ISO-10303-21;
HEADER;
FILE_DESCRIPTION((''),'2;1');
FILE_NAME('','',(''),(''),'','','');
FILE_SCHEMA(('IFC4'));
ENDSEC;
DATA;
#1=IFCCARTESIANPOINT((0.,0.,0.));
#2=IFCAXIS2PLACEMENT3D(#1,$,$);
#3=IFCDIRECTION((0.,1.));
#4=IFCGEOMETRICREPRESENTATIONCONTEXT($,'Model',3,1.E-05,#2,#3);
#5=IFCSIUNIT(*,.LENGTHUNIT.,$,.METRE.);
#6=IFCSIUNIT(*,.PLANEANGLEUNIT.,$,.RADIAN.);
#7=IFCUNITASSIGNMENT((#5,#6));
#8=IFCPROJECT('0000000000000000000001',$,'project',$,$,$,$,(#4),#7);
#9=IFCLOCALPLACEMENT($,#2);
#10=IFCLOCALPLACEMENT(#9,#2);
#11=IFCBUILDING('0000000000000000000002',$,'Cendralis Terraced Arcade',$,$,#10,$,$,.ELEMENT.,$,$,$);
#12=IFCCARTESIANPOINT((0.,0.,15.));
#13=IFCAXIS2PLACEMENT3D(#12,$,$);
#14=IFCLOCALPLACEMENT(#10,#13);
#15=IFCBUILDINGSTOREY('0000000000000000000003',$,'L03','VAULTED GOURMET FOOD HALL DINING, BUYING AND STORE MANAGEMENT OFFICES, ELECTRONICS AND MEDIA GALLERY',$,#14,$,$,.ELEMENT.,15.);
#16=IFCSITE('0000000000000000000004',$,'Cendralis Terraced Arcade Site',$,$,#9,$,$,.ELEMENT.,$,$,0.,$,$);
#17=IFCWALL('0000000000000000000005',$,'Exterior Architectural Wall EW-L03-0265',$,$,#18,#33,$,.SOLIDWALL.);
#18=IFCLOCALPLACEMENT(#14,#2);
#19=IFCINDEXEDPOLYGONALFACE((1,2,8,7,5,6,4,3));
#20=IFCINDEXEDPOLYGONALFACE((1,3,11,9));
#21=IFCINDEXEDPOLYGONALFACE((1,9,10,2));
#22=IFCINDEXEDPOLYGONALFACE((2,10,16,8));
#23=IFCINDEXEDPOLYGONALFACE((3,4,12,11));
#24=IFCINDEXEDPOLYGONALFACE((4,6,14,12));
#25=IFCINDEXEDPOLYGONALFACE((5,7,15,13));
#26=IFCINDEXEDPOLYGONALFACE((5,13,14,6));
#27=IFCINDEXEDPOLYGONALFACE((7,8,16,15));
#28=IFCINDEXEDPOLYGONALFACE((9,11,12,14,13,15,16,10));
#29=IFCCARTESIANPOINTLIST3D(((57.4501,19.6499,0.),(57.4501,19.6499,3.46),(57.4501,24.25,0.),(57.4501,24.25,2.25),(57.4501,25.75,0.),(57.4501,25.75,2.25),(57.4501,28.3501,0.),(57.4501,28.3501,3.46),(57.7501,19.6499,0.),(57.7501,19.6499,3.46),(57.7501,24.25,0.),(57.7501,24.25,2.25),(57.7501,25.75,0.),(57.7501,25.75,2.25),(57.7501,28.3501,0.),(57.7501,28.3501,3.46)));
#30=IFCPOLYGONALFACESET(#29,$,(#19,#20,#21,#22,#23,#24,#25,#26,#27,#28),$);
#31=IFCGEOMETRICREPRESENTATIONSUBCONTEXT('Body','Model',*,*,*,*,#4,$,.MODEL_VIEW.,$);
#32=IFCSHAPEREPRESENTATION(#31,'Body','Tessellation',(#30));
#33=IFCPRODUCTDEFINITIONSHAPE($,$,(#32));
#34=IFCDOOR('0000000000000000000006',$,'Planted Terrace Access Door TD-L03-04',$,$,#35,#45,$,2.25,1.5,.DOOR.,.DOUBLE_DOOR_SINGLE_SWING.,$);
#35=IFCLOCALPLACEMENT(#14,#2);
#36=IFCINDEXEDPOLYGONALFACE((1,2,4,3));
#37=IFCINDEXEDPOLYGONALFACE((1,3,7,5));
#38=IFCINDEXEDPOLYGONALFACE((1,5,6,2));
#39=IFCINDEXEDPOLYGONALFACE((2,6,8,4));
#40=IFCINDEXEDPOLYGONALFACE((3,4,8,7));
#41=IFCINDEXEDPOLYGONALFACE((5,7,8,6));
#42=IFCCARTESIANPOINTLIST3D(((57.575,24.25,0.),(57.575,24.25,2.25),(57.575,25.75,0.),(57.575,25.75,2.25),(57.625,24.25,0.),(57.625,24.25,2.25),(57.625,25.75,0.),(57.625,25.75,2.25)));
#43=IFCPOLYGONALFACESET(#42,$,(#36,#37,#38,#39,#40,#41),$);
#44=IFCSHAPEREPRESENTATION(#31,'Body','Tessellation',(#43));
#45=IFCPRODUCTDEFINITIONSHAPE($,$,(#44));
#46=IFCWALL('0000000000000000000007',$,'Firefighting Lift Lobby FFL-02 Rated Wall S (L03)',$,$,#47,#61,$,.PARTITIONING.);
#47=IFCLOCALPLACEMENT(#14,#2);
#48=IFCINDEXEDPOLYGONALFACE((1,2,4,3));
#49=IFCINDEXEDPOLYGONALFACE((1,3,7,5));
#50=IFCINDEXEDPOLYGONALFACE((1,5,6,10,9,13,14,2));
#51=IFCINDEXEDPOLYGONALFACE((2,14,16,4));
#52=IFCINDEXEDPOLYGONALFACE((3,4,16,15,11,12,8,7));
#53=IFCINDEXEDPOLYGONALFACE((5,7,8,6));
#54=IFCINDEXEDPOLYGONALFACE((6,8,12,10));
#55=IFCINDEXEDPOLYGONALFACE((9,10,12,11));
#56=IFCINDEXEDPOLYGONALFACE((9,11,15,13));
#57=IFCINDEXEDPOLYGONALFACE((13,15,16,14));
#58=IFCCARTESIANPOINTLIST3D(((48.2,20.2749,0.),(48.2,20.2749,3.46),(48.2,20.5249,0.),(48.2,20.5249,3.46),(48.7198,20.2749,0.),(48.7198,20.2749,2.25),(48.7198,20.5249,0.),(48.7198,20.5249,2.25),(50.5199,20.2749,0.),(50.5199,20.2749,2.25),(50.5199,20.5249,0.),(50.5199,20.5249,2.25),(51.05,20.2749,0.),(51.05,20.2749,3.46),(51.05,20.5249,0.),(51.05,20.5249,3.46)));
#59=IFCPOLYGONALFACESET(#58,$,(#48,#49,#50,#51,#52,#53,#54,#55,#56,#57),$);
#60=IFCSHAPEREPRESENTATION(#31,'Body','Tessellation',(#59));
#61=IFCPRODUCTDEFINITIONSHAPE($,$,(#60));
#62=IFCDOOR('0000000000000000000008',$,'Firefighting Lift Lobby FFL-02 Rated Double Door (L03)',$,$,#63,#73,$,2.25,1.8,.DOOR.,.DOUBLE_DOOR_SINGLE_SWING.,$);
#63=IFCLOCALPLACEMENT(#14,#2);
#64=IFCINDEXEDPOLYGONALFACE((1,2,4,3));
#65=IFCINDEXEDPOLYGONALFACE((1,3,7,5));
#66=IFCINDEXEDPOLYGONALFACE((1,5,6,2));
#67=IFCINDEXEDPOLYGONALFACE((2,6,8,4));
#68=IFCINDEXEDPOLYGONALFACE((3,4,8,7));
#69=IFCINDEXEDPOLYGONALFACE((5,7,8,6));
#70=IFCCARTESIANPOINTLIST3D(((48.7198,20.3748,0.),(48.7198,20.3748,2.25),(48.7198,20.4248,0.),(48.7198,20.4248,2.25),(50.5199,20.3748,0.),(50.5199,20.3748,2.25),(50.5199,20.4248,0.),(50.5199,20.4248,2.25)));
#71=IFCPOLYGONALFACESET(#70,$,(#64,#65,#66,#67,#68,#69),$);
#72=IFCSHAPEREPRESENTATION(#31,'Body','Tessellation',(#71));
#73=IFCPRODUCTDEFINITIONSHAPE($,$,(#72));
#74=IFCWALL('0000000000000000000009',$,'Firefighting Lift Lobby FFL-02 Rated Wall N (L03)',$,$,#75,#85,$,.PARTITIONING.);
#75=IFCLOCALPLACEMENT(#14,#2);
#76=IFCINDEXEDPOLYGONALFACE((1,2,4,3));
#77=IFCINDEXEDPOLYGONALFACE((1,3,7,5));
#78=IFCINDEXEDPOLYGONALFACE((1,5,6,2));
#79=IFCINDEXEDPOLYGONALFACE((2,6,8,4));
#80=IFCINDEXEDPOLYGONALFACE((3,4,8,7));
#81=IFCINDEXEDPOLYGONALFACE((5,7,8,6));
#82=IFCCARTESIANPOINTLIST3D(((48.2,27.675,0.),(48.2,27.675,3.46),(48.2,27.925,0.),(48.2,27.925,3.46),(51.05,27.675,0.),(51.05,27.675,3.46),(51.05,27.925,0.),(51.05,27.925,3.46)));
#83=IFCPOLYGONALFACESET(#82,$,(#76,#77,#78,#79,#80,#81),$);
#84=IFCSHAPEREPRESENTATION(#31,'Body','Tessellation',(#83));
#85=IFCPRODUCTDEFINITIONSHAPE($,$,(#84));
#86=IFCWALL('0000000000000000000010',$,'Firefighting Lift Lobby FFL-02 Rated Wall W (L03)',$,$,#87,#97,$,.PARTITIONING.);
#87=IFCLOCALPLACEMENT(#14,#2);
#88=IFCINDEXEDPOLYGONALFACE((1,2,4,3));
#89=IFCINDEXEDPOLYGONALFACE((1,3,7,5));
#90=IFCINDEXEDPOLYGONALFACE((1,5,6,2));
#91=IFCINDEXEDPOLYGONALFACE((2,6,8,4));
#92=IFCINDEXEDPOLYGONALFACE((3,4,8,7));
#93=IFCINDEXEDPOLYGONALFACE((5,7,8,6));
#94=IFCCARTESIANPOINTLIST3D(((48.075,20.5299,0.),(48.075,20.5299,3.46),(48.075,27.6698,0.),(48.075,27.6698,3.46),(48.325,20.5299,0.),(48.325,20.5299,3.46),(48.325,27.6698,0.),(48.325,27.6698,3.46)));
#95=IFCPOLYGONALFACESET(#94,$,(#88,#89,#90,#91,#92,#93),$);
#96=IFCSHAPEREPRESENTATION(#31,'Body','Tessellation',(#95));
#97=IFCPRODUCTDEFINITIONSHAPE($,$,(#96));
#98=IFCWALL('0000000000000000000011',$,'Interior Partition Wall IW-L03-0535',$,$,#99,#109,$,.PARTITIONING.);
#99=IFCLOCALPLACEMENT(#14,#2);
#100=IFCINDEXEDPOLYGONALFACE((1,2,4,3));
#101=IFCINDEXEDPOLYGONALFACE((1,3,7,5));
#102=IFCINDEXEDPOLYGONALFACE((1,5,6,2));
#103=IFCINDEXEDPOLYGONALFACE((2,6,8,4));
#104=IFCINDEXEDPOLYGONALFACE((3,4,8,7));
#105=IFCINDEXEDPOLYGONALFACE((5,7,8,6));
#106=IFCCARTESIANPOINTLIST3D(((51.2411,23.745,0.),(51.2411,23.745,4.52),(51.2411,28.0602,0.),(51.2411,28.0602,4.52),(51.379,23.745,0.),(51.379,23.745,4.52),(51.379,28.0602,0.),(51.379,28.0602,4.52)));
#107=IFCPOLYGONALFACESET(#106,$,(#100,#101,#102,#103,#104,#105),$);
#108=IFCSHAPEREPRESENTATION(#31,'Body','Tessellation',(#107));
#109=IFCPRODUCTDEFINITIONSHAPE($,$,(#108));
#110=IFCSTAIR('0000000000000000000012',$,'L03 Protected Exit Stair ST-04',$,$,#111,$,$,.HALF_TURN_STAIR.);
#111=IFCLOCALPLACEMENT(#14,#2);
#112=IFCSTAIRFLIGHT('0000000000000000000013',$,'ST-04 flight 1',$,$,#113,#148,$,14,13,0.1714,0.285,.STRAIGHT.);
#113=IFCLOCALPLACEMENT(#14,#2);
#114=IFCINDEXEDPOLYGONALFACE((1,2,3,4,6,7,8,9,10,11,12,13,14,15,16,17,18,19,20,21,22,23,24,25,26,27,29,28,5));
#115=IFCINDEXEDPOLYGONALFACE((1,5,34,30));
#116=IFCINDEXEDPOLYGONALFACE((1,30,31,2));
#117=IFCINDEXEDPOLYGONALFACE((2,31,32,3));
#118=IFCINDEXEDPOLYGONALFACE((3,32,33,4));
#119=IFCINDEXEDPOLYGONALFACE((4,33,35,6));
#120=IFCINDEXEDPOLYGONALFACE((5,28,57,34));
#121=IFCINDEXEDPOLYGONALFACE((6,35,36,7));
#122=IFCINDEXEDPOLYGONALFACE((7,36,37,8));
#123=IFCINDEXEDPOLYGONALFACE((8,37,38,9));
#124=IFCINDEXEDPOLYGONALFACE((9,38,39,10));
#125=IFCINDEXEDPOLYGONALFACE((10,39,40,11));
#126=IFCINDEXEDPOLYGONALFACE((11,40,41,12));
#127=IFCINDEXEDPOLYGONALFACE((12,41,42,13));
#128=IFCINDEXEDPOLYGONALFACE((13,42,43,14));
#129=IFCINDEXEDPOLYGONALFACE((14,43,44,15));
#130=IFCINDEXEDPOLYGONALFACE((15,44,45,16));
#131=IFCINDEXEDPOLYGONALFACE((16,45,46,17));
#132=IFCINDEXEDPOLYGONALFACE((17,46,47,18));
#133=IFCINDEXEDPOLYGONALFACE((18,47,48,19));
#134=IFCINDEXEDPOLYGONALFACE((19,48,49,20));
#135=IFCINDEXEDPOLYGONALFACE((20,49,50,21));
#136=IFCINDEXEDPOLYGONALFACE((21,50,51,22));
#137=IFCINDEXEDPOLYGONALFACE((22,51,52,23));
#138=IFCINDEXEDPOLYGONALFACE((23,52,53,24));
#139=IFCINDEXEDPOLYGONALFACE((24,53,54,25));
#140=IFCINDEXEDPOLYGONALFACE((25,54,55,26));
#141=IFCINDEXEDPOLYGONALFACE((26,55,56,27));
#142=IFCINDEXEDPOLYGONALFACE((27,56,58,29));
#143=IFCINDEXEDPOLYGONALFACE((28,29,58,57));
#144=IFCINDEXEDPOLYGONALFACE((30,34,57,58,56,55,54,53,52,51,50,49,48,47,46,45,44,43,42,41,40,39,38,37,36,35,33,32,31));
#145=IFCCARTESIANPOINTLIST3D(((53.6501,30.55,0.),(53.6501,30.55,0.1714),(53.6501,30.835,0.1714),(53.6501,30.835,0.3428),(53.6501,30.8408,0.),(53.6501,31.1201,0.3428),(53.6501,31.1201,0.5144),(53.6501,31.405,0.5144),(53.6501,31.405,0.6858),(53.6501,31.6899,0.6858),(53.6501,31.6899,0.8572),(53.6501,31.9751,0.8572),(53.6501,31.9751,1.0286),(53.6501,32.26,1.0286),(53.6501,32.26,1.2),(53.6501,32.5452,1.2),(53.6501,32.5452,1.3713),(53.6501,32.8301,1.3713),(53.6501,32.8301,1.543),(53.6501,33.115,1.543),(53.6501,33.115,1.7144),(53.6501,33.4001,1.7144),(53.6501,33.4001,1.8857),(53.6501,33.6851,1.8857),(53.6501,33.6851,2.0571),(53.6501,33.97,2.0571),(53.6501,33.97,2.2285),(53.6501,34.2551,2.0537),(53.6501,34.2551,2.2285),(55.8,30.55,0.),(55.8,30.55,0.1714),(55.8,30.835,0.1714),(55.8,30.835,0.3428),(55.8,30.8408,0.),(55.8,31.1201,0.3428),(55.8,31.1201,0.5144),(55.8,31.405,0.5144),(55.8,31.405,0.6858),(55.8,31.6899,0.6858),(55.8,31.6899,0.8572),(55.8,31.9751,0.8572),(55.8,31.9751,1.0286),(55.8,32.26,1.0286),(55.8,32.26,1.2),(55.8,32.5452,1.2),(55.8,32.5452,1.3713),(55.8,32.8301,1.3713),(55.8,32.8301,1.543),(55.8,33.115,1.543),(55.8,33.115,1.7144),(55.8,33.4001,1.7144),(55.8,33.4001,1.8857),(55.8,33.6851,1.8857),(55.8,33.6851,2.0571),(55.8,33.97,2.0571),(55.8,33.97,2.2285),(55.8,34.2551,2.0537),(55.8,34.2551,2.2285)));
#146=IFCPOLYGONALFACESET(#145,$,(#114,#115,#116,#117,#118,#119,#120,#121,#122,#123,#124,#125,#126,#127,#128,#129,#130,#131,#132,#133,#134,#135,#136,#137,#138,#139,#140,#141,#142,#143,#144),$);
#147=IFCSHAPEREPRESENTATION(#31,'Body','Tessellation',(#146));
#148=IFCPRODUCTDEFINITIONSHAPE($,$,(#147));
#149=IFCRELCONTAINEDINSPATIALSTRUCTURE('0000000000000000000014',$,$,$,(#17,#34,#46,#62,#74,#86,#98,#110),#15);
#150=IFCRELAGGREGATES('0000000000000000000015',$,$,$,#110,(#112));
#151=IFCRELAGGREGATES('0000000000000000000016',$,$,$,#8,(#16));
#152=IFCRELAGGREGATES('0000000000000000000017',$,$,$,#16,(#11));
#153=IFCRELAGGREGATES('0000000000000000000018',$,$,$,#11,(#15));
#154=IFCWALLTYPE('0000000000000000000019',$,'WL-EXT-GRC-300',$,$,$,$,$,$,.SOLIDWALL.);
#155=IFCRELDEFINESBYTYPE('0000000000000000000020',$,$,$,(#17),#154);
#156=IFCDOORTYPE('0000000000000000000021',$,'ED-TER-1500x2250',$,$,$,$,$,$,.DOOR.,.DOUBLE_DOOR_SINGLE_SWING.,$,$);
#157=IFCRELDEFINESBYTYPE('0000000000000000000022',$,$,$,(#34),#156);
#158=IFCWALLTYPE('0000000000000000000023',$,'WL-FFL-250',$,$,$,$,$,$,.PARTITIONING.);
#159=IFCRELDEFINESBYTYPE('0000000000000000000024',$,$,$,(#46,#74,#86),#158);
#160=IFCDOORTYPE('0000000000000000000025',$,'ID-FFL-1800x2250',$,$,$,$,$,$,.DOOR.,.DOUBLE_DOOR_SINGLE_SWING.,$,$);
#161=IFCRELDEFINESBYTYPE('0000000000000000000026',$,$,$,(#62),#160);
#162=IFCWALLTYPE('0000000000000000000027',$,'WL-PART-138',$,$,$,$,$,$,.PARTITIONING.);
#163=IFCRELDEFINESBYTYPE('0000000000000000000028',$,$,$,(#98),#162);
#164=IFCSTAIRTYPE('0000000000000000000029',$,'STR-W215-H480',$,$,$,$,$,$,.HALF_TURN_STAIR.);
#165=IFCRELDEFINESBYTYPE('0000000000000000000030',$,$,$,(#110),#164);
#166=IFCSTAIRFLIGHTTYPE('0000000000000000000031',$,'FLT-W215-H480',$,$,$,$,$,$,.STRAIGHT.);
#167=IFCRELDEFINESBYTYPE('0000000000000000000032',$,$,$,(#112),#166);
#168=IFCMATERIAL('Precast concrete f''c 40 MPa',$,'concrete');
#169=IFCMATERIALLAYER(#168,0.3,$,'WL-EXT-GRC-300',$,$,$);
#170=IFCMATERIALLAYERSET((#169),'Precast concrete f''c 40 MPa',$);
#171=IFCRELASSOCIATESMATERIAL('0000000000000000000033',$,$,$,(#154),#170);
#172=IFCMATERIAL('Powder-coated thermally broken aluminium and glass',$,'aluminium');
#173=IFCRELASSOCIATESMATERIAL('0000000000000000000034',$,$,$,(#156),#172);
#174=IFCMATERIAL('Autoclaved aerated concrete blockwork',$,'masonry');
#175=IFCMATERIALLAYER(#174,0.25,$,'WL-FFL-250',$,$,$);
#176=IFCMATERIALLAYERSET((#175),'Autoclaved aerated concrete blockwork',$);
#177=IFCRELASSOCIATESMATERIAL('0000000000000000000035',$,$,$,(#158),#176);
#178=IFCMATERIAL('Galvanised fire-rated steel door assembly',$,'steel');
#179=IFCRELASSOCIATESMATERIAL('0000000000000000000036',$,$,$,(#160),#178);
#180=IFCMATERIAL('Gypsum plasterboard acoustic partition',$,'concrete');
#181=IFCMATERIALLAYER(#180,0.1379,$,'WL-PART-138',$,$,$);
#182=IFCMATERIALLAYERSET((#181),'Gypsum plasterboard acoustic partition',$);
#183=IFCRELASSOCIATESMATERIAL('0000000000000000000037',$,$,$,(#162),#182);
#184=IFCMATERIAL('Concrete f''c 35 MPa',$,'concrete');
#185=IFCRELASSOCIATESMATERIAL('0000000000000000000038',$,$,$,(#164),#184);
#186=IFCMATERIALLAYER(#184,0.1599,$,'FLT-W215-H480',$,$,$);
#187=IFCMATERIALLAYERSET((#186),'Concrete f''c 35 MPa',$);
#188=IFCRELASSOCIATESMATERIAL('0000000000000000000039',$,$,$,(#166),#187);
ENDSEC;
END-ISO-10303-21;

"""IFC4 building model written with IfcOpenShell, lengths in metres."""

from ifc_helpers import new_model, si_unit, direction, frame, frame_2d, origin, place, context, subcontext, project, spatial, polyline, rectangle, outline, extrude, material, layer, layer_set, type_object, element, fill, aggregate, save


model = new_model("IFC4")

# Units and contexts
model_context = context("Model", 3, precision=1e-05, world=origin(), true_north=direction((0.0, 1.0)))
body_context = subcontext(model_context, "Body", "Model", "MODEL_VIEW")
ifc_project = project(units=[si_unit("LENGTHUNIT", "METRE"), si_unit("PLANEANGLEUNIT", "RADIAN")], contexts=[model_context])

# Site, building, storey
site_placement = place(None, origin())
site = spatial("IfcSite", under=ifc_project, at=site_placement, Name="Cendralis Terraced Arcade Site", CompositionType="ELEMENT", RefElevation=0.0)
building_placement = place(site_placement, origin())
building = spatial("IfcBuilding", under=site, at=building_placement, Name="Cendralis Terraced Arcade", CompositionType="ELEMENT")
storey_placement = place(building_placement, frame((0.0, 0.0, 15.0)))
storey = spatial("IfcBuildingStorey", under=building, at=storey_placement, Name="L03", Description="VAULTED GOURMET FOOD HALL DINING, BUYING AND STORE MANAGEMENT OFFICES, ELECTRONICS AND MEDIA GALLERY", CompositionType="ELEMENT", Elevation=15.0)

# Shared definitions
ifc_material_1 = material(Name="Concrete f'c 35 MPa", Category="concrete")

# Shared definitions
ifc_material_2 = material(Name="Galvanised fire-rated steel door assembly", Category="steel")

# Walls, openings, doors
ifc_material_3 = material(Name="Precast concrete f'c 40 MPa", Category="concrete")
ifc_layer_1 = layer(ifc_material_3, 0.3, Name="WL-EXT-GRC-300")
ifc_layer_set_1 = layer_set([ifc_layer_1], Name="Precast concrete f'c 40 MPa")
wall_type_1 = type_object("IfcWallType", Name="WL-EXT-GRC-300", PredefinedType="SOLIDWALL", material=ifc_layer_set_1)
wall_1_placement = place(storey_placement, frame((57.6001, 28.3501, 0.0), z_axis=(0.0, 0.0, 1.0), x_axis=(0.0, -1.0, 0.0)))
wall_1 = element("IfcWall", 1, at=wall_1_placement, inside=storey, type_object=wall_type_1, Name="Exterior Architectural Wall EW-L03-0265", PredefinedType="SOLIDWALL", context=body_context, shape_type="SweptSolid", body=[
    extrude(rectangle(XDim=8.7002, YDim=0.3, at=frame_2d((4.3501, 0.0))), origin(), (0.0, 0.0, 1.0), 3.46),
])
opening_1_placement = place(wall_1_placement, frame((2.6001, 0.0, 0.0)))
opening_1 = element("IfcOpeningElement", 2, at=opening_1_placement, cuts=wall_1, PredefinedType="OPENING", context=body_context, shape_type="SweptSolid", body=[
    extrude(rectangle(XDim=1.5, YDim=2.25, at=frame_2d((0.75, 1.125))), frame((0.0, 0.1621, 0.0), z_axis=(0.0, -1.0, 0.0), x_axis=(1.0, 0.0, 0.0)), (0.0, 0.0, 1.0), 0.324),
])
ifc_material_4 = material(Name="Powder-coated thermally broken aluminium and glass", Category="aluminium")
door_type_1 = type_object("IfcDoorType", Name="ED-TER-1500x2250", OperationType="DOUBLE_DOOR_SINGLE_SWING", PredefinedType="DOOR", material=ifc_material_4)
door_1_placement = place(opening_1_placement, origin())
door_1 = element("IfcDoor", 3, at=door_1_placement, inside=storey, type_object=door_type_1, Name="Planted Terrace Access Door TD-L03-04", OperationType="DOUBLE_DOOR_SINGLE_SWING", OverallHeight=2.25, OverallWidth=1.5, PredefinedType="DOOR", context=body_context, shape_type="SweptSolid", body=[
    extrude(rectangle(XDim=1.5, YDim=2.25, at=frame_2d((0.75, 1.125))), frame((0.0, 0.0249, 0.0), z_axis=(0.0, -1.0, 0.0), x_axis=(1.0, 0.0, 0.0)), (0.0, 0.0, 1.0), 0.05),
])
fill(opening_1, door_1)
ifc_material_5 = material(Name="Autoclaved aerated concrete blockwork", Category="masonry")
ifc_layer_2 = layer(ifc_material_5, 0.25, Name="WL-FFL-250")
ifc_layer_set_2 = layer_set([ifc_layer_2], Name="Autoclaved aerated concrete blockwork")
wall_type_2 = type_object("IfcWallType", Name="WL-FFL-250", PredefinedType="PARTITIONING", material=ifc_layer_set_2)
wall_2_placement = place(storey_placement, frame((48.2, 20.3999, 0.0), z_axis=(0.0, 0.0, 1.0), x_axis=(1.0, 0.0, 0.0)))
wall_2 = element("IfcWall", 4, at=wall_2_placement, inside=storey, type_object=wall_type_2, Name="Firefighting Lift Lobby FFL-02 Rated Wall S (L03)", PredefinedType="PARTITIONING", context=body_context, shape_type="SweptSolid", body=[
    extrude(rectangle(XDim=2.8501, YDim=0.25, at=frame_2d((1.425, 0.0))), origin(), (0.0, 0.0, 1.0), 3.46),
])
opening_2_placement = place(wall_2_placement, frame((0.52, 0.0, 0.0)))
opening_2 = element("IfcOpeningElement", 5, at=opening_2_placement, cuts=wall_2, PredefinedType="OPENING", context=body_context, shape_type="SweptSolid", body=[
    extrude(rectangle(XDim=1.8, YDim=2.25, at=frame_2d((0.8999, 1.125))), frame((0.0, 0.137, 0.0), z_axis=(0.0, -1.0, 0.0), x_axis=(1.0, 0.0, 0.0)), (0.0, 0.0, 1.0), 0.2739),
])
door_type_2 = type_object("IfcDoorType", Name="ID-FFL-1800x2250", OperationType="DOUBLE_DOOR_SINGLE_SWING", PredefinedType="DOOR", material=ifc_material_2)
door_2_placement = place(opening_2_placement, origin())
door_2 = element("IfcDoor", 6, at=door_2_placement, inside=storey, type_object=door_type_2, Name="Firefighting Lift Lobby FFL-02 Rated Double Door (L03)", OperationType="DOUBLE_DOOR_SINGLE_SWING", OverallHeight=2.25, OverallWidth=1.8, PredefinedType="DOOR", context=body_context, shape_type="SweptSolid", body=[
    extrude(rectangle(XDim=1.8, YDim=2.25, at=frame_2d((0.8999, 1.125))), frame((0.0, 0.0249, 0.0), z_axis=(0.0, -1.0, 0.0), x_axis=(1.0, 0.0, 0.0)), (0.0, 0.0, 1.0), 0.05),
])
fill(opening_2, door_2)

# Walls
wall_3_placement = place(storey_placement, frame((48.2, 27.8, 0.0), z_axis=(0.0, 0.0, 1.0), x_axis=(1.0, 0.0, 0.0)))
element("IfcWall", 7, at=wall_3_placement, inside=storey, type_object=wall_type_2, Name="Firefighting Lift Lobby FFL-02 Rated Wall N (L03)", PredefinedType="PARTITIONING", context=body_context, shape_type="SweptSolid", body=[
    extrude(rectangle(XDim=2.8501, YDim=0.25, at=frame_2d((1.425, 0.0))), origin(), (0.0, 0.0, 1.0), 3.46),
])
wall_4_placement = place(storey_placement, frame((48.2, 20.53, 0.0), z_axis=(0.0, 0.0, 1.0), x_axis=(0.0, 1.0, 0.0)))
element("IfcWall", 8, at=wall_4_placement, inside=storey, type_object=wall_type_2, Name="Firefighting Lift Lobby FFL-02 Rated Wall W (L03)", PredefinedType="PARTITIONING", context=body_context, shape_type="SweptSolid", body=[
    extrude(rectangle(XDim=7.1399, YDim=0.25, at=frame_2d((3.5698, 0.0))), origin(), (0.0, 0.0, 1.0), 3.46),
])
ifc_material_6 = material(Name="Gypsum plasterboard acoustic partition", Category="concrete")
ifc_layer_3 = layer(ifc_material_6, 0.1379, Name="WL-PART-138")
ifc_layer_set_3 = layer_set([ifc_layer_3], Name="Gypsum plasterboard acoustic partition")
wall_type_3 = type_object("IfcWallType", Name="WL-PART-138", PredefinedType="PARTITIONING", material=ifc_layer_set_3)
wall_5_placement = place(storey_placement, frame((51.3101, 23.7449, 0.0), z_axis=(0.0, 0.0, 1.0), x_axis=(0.0, 1.0, 0.0)))
element("IfcWall", 9, at=wall_5_placement, inside=storey, type_object=wall_type_3, Name="Interior Partition Wall IW-L03-0535", PredefinedType="PARTITIONING", context=body_context, shape_type="SweptSolid", body=[
    extrude(rectangle(XDim=4.3152, YDim=0.1379, at=frame_2d((2.1577, 0.0))), origin(), (0.0, 0.0, 1.0), 4.52),
])

# Stair, stair flight
stair_type = type_object("IfcStairType", Name="STR-W215-H480", PredefinedType="HALF_TURN_STAIR", material=ifc_material_1)
stair_placement = place(storey_placement, origin())
stair = element("IfcStair", 10, at=stair_placement, inside=storey, type_object=stair_type, Name="L03 Protected Exit Stair ST-04", PredefinedType="HALF_TURN_STAIR")
ifc_layer_4 = layer(ifc_material_1, 0.1599, Name="FLT-W215-H480")
ifc_layer_set_4 = layer_set([ifc_layer_4], Name="Concrete f'c 35 MPa")
stair_flight_type = type_object("IfcStairFlightType", Name="FLT-W215-H480", PredefinedType="STRAIGHT", material=ifc_layer_set_4)
stair_flight_1_placement = place(storey_placement, frame((54.7251, 30.55, 0.0), z_axis=(0.0, 0.0, 1.0), x_axis=(0.0, 1.0, 0.0)))
stair_flight_1 = element("IfcStairFlight", 11, at=stair_flight_1_placement, type_object=stair_flight_type, Name="ST-04 flight 1", NumberOfRisers=14, NumberOfTreads=13, PredefinedType="STRAIGHT", RiserHeight=0.1714, TreadLength=0.285, context=body_context, shape_type="SweptSolid", body=[
    extrude(outline(polyline([(0.0, 0.0), (0.0, 0.1714), (0.2849, 0.1714), (0.2849, 0.3428), (0.5701, 0.3428), (0.5701, 0.5144), (0.855, 0.5144), (0.855, 0.6858), (1.1399, 0.6858), (1.1399, 0.8572), (1.425, 0.8572), (1.425, 1.0286), (1.71, 1.0286), (1.71, 1.2), (1.9951, 1.2), (1.9951, 1.3713), (2.28, 1.3713), (2.28, 1.543), (2.5649, 1.543), (2.5649, 1.7144), (2.8501, 1.7144), (2.8501, 1.8857), (3.135, 1.8857), (3.135, 2.0571), (3.4199, 2.0571), (3.4199, 2.2285), (3.7051, 2.2285), (3.7051, 2.3999), (3.7051, 2.0537), (0.2908, 0.0), (0.0, 0.0)])), frame((0.0, 1.075, 0.0), z_axis=(0.0, -1.0, 0.0), x_axis=(1.0, 0.0, 0.0)), (0.0, 0.0, 1.0), 2.1499),
])
aggregate(stair, [stair_flight_1])

save(model, "model.ifc")
